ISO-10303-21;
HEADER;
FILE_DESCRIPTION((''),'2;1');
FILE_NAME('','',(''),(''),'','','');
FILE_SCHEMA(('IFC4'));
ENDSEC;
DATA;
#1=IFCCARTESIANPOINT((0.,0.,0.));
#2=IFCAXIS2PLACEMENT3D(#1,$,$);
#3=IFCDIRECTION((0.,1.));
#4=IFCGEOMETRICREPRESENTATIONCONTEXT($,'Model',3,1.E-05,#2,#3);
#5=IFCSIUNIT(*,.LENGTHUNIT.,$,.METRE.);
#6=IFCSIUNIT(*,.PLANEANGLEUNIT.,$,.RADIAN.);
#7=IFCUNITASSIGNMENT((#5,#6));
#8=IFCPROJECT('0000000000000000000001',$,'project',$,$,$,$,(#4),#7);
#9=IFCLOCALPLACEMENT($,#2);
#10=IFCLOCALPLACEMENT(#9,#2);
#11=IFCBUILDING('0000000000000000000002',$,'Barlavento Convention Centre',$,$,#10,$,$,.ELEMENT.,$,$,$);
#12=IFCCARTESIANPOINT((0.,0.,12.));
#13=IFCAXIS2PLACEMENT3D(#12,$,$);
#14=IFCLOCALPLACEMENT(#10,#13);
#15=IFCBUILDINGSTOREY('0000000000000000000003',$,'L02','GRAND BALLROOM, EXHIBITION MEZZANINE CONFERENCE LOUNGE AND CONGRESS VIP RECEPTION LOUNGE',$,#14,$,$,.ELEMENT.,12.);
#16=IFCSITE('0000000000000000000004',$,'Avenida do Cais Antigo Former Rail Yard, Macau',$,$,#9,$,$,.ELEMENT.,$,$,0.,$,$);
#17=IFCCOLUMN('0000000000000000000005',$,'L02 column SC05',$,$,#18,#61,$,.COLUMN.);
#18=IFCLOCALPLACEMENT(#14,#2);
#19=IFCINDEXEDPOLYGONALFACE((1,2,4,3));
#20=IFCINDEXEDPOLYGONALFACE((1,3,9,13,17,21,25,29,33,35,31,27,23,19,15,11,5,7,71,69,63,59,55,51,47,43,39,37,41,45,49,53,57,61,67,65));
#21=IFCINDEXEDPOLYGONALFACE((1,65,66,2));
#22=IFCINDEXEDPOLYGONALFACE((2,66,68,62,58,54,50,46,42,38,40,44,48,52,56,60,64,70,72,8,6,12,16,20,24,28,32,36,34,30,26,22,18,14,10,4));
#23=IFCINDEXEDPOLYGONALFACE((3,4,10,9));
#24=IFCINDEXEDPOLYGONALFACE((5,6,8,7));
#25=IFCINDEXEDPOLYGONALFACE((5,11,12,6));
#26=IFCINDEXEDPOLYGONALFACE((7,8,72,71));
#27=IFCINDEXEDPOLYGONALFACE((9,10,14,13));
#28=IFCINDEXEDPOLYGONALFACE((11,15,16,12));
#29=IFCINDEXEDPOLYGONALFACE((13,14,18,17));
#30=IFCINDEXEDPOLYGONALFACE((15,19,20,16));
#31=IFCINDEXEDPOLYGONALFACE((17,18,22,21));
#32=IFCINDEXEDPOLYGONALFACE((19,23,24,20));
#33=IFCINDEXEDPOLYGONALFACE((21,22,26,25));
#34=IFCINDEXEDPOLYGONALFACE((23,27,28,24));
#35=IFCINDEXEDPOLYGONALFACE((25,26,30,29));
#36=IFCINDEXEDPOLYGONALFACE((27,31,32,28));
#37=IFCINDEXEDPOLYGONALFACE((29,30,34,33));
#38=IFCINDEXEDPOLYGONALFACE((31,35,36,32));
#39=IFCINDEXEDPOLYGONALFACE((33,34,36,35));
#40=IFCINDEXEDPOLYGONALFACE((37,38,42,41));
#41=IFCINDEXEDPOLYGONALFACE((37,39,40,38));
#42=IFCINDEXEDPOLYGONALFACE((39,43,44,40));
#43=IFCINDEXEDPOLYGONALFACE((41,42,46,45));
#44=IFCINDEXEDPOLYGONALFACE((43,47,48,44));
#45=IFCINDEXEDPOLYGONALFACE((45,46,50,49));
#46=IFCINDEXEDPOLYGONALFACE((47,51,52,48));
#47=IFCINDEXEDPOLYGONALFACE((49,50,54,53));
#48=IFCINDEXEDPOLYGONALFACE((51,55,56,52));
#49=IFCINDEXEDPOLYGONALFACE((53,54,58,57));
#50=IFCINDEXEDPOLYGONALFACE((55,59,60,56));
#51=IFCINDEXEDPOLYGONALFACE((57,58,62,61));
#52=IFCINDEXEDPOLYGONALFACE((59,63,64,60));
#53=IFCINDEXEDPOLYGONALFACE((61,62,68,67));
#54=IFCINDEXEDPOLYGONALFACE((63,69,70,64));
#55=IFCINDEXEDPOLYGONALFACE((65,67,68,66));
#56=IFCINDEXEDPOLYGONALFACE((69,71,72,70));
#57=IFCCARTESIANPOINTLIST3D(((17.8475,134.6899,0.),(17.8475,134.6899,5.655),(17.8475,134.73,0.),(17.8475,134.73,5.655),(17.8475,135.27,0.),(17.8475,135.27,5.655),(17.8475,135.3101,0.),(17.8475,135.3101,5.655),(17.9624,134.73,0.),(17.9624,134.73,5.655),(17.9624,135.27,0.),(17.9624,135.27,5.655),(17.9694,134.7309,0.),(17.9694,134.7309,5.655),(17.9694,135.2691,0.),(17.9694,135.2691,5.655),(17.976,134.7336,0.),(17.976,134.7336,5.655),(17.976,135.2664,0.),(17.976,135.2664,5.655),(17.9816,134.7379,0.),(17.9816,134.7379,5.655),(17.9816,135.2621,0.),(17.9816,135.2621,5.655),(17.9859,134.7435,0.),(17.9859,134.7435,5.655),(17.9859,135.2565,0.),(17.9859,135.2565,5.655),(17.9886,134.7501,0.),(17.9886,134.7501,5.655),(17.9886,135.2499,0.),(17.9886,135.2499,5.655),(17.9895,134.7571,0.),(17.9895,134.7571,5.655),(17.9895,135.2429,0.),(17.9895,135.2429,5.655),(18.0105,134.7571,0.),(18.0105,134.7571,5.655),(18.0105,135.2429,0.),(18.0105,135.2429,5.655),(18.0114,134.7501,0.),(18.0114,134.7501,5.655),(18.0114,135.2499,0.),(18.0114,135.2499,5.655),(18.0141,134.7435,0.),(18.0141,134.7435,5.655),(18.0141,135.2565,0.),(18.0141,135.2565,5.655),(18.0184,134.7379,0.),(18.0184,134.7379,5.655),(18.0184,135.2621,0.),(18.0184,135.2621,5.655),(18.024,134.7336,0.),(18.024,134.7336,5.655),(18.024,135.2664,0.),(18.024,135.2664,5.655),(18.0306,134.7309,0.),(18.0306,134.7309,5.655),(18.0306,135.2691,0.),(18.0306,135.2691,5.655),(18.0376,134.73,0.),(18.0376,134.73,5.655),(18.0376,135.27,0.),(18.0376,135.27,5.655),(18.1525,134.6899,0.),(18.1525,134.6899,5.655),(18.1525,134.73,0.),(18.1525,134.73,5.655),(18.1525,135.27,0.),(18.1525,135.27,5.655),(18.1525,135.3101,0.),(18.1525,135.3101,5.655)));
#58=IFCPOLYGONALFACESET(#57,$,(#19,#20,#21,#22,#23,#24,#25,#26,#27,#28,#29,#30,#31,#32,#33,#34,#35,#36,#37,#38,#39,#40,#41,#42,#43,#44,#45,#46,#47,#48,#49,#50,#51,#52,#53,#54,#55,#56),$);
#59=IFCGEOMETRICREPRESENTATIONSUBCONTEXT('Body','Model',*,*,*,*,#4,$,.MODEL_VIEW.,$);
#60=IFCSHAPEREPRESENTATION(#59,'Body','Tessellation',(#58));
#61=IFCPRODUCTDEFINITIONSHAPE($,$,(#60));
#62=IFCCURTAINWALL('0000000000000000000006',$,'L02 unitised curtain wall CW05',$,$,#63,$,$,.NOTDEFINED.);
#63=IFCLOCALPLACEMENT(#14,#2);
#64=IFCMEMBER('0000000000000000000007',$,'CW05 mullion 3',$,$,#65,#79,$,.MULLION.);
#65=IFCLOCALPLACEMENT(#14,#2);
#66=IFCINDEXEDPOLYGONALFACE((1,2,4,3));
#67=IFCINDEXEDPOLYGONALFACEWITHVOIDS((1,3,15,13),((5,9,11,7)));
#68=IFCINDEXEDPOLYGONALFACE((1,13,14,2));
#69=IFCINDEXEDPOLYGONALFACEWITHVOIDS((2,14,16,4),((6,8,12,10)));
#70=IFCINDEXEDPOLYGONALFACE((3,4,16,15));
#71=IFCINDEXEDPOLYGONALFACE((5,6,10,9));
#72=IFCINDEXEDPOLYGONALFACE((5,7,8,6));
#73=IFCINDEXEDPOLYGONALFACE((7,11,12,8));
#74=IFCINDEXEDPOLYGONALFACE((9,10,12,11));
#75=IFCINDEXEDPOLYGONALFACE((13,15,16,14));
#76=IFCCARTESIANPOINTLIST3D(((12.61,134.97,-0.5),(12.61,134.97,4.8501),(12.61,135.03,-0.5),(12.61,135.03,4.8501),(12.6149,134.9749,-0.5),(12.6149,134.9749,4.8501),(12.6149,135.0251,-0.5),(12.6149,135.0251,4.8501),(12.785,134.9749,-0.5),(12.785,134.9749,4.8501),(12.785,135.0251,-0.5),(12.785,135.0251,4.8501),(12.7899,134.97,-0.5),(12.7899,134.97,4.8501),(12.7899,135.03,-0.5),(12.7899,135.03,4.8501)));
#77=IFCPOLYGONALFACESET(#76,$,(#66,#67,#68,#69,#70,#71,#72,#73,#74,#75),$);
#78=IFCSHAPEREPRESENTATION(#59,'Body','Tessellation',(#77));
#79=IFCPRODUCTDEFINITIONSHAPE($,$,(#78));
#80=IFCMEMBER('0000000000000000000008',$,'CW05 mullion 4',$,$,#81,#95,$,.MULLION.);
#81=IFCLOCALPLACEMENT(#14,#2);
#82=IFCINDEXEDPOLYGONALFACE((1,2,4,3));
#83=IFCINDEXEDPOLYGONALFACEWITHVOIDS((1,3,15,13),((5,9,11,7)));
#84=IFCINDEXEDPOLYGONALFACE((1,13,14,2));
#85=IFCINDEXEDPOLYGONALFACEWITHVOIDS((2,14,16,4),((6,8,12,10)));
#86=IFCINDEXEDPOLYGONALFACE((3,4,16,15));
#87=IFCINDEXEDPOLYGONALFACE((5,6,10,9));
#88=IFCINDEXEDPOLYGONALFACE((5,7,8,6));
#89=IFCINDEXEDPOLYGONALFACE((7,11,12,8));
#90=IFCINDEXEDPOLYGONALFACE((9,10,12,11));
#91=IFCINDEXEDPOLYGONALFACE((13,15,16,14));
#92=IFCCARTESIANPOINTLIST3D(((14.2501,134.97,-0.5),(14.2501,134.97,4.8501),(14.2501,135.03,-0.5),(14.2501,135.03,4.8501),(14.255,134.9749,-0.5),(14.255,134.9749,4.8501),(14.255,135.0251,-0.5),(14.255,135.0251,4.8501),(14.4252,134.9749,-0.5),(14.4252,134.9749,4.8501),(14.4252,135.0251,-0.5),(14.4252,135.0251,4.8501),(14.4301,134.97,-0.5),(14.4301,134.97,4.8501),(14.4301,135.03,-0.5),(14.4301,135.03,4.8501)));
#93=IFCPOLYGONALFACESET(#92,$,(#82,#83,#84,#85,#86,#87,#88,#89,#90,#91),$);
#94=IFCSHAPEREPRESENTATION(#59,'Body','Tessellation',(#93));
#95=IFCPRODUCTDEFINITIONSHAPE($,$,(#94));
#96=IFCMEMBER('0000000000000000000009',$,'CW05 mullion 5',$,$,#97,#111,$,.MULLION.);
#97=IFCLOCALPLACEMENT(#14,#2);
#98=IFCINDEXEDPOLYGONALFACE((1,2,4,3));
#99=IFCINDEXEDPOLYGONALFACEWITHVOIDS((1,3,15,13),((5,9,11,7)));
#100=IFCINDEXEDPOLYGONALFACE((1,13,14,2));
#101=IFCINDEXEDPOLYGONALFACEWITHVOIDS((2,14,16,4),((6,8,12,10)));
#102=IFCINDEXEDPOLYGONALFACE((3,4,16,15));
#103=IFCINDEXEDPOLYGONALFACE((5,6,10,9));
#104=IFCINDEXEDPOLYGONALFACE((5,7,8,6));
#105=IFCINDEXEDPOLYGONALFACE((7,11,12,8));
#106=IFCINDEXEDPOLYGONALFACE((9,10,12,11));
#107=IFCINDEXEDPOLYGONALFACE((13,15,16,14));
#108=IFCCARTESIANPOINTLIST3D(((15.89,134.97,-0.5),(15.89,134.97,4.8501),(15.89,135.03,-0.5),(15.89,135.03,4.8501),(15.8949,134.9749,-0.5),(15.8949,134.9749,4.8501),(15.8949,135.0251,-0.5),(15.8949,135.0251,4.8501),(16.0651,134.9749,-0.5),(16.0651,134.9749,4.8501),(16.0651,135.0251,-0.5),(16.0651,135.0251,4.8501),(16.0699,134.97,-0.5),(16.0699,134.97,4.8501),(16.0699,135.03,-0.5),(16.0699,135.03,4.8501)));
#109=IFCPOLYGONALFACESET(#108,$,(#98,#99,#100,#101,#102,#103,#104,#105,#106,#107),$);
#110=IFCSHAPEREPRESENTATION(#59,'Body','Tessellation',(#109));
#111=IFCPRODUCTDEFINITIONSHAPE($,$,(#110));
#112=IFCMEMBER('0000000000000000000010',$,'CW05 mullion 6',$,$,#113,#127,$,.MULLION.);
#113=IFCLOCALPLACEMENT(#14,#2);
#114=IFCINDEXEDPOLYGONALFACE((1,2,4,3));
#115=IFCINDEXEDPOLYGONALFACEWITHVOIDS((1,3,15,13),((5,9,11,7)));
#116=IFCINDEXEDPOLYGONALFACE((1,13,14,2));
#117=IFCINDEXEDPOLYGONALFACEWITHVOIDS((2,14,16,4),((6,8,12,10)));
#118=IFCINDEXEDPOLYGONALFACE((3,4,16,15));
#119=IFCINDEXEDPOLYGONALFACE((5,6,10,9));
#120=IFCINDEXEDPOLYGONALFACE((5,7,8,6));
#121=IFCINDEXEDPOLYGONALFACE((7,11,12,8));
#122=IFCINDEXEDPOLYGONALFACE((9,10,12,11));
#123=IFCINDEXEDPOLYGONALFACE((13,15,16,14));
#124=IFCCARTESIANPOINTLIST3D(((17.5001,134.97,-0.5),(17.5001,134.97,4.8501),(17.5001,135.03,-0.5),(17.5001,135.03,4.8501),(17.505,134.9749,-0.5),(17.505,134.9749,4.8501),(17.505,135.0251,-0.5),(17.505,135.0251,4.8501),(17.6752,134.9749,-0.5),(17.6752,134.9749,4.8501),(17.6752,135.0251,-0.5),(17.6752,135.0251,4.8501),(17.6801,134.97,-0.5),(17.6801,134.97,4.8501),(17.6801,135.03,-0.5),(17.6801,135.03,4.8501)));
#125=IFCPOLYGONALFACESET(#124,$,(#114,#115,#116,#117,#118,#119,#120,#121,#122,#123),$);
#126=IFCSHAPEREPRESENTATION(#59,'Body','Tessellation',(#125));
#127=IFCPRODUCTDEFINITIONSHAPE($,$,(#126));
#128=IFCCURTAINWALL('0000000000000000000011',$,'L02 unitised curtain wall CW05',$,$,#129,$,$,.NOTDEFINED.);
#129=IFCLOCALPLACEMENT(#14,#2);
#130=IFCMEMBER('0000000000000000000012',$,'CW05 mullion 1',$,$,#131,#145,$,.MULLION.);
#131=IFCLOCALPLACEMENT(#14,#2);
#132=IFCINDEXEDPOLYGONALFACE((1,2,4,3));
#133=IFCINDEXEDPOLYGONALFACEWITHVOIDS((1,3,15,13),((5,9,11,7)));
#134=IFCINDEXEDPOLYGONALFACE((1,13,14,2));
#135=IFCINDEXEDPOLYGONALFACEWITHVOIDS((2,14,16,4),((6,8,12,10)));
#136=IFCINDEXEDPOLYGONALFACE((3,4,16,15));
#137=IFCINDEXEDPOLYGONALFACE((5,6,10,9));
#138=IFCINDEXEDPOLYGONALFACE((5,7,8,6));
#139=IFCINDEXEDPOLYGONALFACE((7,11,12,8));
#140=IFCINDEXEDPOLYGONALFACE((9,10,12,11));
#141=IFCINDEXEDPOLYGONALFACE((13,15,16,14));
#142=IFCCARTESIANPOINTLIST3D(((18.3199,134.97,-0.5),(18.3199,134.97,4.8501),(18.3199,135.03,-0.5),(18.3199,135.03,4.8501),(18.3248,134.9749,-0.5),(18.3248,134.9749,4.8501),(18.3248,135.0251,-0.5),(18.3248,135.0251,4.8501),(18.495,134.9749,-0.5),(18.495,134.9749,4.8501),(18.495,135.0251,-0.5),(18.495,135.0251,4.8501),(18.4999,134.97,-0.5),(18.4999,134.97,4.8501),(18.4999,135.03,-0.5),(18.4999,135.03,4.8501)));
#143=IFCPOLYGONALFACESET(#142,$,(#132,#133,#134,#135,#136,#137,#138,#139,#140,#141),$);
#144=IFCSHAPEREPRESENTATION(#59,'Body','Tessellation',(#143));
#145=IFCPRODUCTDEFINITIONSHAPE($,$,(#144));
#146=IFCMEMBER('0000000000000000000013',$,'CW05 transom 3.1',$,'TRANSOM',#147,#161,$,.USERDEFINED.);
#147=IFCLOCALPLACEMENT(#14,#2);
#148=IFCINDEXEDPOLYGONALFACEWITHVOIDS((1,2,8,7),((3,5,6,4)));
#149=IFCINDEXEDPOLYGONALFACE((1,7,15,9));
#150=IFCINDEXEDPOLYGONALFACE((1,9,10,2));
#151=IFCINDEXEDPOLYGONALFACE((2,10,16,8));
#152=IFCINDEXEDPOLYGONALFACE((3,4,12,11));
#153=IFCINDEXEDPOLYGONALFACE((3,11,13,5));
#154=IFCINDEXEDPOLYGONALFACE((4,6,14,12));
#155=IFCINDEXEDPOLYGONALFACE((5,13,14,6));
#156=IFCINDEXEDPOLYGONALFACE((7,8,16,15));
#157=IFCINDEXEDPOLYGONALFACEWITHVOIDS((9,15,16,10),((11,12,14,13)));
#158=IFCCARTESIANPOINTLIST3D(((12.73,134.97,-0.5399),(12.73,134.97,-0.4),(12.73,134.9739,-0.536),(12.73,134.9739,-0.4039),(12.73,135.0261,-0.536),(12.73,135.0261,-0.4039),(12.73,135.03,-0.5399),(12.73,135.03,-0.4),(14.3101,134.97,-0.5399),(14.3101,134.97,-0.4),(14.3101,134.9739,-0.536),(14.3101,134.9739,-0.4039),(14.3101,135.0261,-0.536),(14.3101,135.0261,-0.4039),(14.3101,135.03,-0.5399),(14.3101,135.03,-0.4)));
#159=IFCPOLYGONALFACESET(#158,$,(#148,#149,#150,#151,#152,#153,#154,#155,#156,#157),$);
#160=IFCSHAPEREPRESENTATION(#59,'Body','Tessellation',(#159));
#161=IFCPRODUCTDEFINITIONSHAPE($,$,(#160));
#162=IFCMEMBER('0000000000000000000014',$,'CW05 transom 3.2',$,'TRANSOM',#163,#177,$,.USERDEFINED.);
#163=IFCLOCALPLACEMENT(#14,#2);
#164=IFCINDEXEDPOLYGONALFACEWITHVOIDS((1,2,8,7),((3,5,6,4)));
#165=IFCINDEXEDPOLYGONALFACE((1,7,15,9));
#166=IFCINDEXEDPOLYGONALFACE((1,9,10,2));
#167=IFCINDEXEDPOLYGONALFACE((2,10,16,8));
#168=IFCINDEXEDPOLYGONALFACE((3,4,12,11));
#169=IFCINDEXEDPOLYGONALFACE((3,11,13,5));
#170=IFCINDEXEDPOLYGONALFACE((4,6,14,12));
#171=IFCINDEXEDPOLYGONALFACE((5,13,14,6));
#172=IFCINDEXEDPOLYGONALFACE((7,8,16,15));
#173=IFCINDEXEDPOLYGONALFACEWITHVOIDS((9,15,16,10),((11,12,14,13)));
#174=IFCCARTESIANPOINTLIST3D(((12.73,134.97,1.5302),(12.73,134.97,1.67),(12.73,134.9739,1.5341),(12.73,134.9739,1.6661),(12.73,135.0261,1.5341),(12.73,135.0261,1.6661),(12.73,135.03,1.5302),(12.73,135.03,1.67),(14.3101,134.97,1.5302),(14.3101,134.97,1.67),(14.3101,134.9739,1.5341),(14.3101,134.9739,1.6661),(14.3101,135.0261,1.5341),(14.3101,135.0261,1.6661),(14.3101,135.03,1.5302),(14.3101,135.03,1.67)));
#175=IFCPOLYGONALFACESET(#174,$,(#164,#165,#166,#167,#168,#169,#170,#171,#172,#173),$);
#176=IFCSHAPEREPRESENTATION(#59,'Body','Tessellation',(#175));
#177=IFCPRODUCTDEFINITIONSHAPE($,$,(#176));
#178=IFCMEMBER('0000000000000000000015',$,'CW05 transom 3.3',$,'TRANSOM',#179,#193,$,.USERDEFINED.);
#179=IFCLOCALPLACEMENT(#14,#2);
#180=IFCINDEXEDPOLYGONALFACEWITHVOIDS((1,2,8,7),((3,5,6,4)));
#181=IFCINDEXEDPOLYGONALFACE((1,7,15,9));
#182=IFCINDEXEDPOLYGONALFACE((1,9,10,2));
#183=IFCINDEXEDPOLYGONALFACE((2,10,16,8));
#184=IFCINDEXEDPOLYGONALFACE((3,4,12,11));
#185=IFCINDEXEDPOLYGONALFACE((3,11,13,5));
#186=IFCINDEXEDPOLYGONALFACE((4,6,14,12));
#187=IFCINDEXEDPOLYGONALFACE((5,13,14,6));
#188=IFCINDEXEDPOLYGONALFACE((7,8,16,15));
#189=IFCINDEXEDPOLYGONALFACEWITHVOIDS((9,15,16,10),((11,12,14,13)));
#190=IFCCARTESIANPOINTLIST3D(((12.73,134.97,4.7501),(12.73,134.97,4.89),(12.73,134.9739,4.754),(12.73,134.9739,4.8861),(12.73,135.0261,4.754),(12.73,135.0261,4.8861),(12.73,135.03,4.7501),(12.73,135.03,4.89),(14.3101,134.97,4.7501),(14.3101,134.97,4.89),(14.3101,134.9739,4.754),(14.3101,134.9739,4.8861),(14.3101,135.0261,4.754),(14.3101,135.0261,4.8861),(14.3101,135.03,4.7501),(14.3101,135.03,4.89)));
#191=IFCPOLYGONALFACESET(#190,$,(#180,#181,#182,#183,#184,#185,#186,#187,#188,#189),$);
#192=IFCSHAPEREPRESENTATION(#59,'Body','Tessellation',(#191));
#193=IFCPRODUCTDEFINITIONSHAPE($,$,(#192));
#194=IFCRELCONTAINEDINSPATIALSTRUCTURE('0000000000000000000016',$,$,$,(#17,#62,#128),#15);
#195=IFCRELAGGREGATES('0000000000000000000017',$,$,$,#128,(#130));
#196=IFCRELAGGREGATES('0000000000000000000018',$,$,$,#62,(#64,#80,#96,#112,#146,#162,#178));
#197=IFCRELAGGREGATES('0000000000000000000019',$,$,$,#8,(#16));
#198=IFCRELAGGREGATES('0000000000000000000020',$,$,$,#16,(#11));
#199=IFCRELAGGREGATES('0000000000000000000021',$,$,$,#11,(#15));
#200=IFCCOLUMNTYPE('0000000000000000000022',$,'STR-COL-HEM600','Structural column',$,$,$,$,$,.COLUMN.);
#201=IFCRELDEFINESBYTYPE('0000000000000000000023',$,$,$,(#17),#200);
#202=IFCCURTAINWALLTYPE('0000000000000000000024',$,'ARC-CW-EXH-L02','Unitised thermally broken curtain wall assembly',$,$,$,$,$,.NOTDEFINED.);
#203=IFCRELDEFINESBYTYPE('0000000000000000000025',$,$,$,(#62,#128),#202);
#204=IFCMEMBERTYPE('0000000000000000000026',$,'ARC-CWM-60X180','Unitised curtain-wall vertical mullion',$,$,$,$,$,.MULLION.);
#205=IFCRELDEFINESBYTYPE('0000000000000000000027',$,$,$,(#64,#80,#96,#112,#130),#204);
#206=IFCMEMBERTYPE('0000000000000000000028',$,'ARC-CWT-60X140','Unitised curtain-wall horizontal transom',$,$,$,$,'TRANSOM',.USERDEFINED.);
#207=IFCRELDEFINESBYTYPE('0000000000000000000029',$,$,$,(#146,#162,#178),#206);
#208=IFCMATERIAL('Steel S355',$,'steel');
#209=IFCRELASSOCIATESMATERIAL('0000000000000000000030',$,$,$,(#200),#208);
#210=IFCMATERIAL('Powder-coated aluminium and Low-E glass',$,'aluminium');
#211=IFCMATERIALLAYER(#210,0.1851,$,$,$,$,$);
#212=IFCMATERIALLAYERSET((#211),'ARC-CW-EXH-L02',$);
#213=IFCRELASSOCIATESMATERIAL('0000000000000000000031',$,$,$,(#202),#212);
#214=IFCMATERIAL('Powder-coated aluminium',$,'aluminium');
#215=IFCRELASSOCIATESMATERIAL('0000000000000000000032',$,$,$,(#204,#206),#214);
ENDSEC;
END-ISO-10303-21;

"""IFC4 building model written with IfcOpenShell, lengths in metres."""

from ifc_helpers import new_model, si_unit, direction, frame, origin, origin_2d, place, context, subcontext, project, spatial, hollow_rectangle, i_section, extrude, material, layer, layer_set, material_profile, profile_set, type_object, element, aggregate, save


model = new_model("IFC4")

# Units and contexts
model_context = context("Model", 3, precision=1e-05, world=origin(), true_north=direction((0.0, 1.0)))
body_context = subcontext(model_context, "Body", "Model", "MODEL_VIEW")
ifc_project = project(units=[si_unit("LENGTHUNIT", "METRE"), si_unit("PLANEANGLEUNIT", "RADIAN")], contexts=[model_context])

# Site, building, storey
site_placement = place(None, origin())
site = spatial("IfcSite", under=ifc_project, at=site_placement, Name="Avenida do Cais Antigo Former Rail Yard, Macau", CompositionType="ELEMENT", RefElevation=0.0)
building_placement = place(site_placement, origin())
building = spatial("IfcBuilding", under=site, at=building_placement, Name="Barlavento Convention Centre", CompositionType="ELEMENT")
storey_placement = place(building_placement, frame((0.0, 0.0, 12.0)))
storey = spatial("IfcBuildingStorey", under=building, at=storey_placement, Name="L02", Description="GRAND BALLROOM, EXHIBITION MEZZANINE CONFERENCE LOUNGE AND CONGRESS VIP RECEPTION LOUNGE", CompositionType="ELEMENT", Elevation=12.0)

# Column
ifc_material_1 = material(Name="Steel S355", Category="steel")
ifc_material_profile_1 = material_profile(ifc_material_1, i_section(OverallWidth=0.3049, OverallDepth=0.6201, WebThickness=0.021, FlangeThickness=0.04, FilletRadius=0.0271, at=origin_2d()), Name="HEM 600")
ifc_profile_set_1 = profile_set([ifc_material_profile_1], Name="Steel S355")
column_type = type_object("IfcColumnType", Name="STR-COL-HEM600", Description="Structural column", PredefinedType="COLUMN", material=ifc_profile_set_1)
column_placement = place(storey_placement, frame((18.0, 135.0, 0.0), z_axis=(0.0, 0.0, 1.0), x_axis=(1.0, 0.0, 0.0)))
element("IfcColumn", 1, at=column_placement, inside=storey, type_object=column_type, Name="L02 column SC05", PredefinedType="COLUMN", context=body_context, shape_type="SweptSolid", body=[
    extrude(i_section(OverallWidth=0.3049, OverallDepth=0.6201, WebThickness=0.021, FlangeThickness=0.04, FilletRadius=0.0271, at=origin_2d()), origin(), (0.0, 0.0, 1.0), 5.655),
])

# Curtain wall, members
ifc_material_2 = material(Name="Powder-coated aluminium and Low-E glass", Category="aluminium")
ifc_layer_1 = layer(ifc_material_2, 0.1851)
ifc_layer_set_1 = layer_set([ifc_layer_1], Name="ARC-CW-EXH-L02")
curtain_wall_type = type_object("IfcCurtainWallType", Name="ARC-CW-EXH-L02", Description="Unitised thermally broken curtain wall assembly", PredefinedType="NOTDEFINED", material=ifc_layer_set_1)
curtain_wall_1_placement = place(storey_placement, origin())
curtain_wall_1 = element("IfcCurtainWall", 2, at=curtain_wall_1_placement, inside=storey, type_object=curtain_wall_type, Name="L02 unitised curtain wall CW05", PredefinedType="NOTDEFINED")
ifc_material_3 = material(Name="Powder-coated aluminium", Category="aluminium")
ifc_material_profile_2 = material_profile(ifc_material_3, hollow_rectangle(XDim=0.0601, YDim=0.1799, WallThickness=0.0049, at=origin_2d()), Name="AL-MULL 60x180x5")
ifc_profile_set_2 = profile_set([ifc_material_profile_2], Name="Powder-coated aluminium")
member_type_1 = type_object("IfcMemberType", Name="ARC-CWM-60X180", Description="Unitised curtain-wall vertical mullion", PredefinedType="MULLION", material=ifc_profile_set_2)
member_1_placement = place(storey_placement, frame((12.7, 135.0, -0.5), z_axis=(0.0, 0.0, 1.0), x_axis=(0.0, 1.0, 0.0)))
member_1 = element("IfcMember", 3, at=member_1_placement, type_object=member_type_1, Name="CW05 mullion 3", PredefinedType="MULLION", context=body_context, shape_type="SweptSolid", body=[
    extrude(hollow_rectangle(XDim=0.0601, YDim=0.1799, WallThickness=0.0049, at=origin_2d()), origin(), (0.0, 0.0, 1.0), 5.3501),
])
member_2_placement = place(storey_placement, frame((14.3401, 135.0, -0.5), z_axis=(0.0, 0.0, 1.0), x_axis=(0.0, 1.0, 0.0)))
member_2 = element("IfcMember", 4, at=member_2_placement, type_object=member_type_1, Name="CW05 mullion 4", PredefinedType="MULLION", context=body_context, shape_type="SweptSolid", body=[
    extrude(hollow_rectangle(XDim=0.0601, YDim=0.1799, WallThickness=0.0049, at=origin_2d()), origin(), (0.0, 0.0, 1.0), 5.3501),
])
member_3_placement = place(storey_placement, frame((15.98, 135.0, -0.5), z_axis=(0.0, 0.0, 1.0), x_axis=(0.0, 1.0, 0.0)))
member_3 = element("IfcMember", 5, at=member_3_placement, type_object=member_type_1, Name="CW05 mullion 5", PredefinedType="MULLION", context=body_context, shape_type="SweptSolid", body=[
    extrude(hollow_rectangle(XDim=0.0601, YDim=0.1799, WallThickness=0.0049, at=origin_2d()), origin(), (0.0, 0.0, 1.0), 5.3501),
])
member_4_placement = place(storey_placement, frame((17.5901, 135.0, -0.5), z_axis=(0.0, 0.0, 1.0), x_axis=(0.0, 1.0, 0.0)))
member_4 = element("IfcMember", 6, at=member_4_placement, type_object=member_type_1, Name="CW05 mullion 6", PredefinedType="MULLION", context=body_context, shape_type="SweptSolid", body=[
    extrude(hollow_rectangle(XDim=0.0601, YDim=0.1799, WallThickness=0.0049, at=origin_2d()), origin(), (0.0, 0.0, 1.0), 5.3501),
])

# Curtain wall, member
curtain_wall_2_placement = place(storey_placement, origin())
curtain_wall_2 = element("IfcCurtainWall", 7, at=curtain_wall_2_placement, inside=storey, type_object=curtain_wall_type, Name="L02 unitised curtain wall CW05", PredefinedType="NOTDEFINED")
member_5_placement = place(storey_placement, frame((18.4099, 135.0, -0.5), z_axis=(0.0, 0.0, 1.0), x_axis=(0.0, 1.0, 0.0)))
member_5 = element("IfcMember", 8, at=member_5_placement, type_object=member_type_1, Name="CW05 mullion 1", PredefinedType="MULLION", context=body_context, shape_type="SweptSolid", body=[
    extrude(hollow_rectangle(XDim=0.0601, YDim=0.1799, WallThickness=0.0049, at=origin_2d()), origin(), (0.0, 0.0, 1.0), 5.3501),
])

# Members
ifc_material_profile_3 = material_profile(ifc_material_3, hollow_rectangle(XDim=0.0601, YDim=0.1399, WallThickness=0.0039, at=origin_2d()), Name="AL-TRAN 60x140x4")
ifc_profile_set_3 = profile_set([ifc_material_profile_3], Name="Powder-coated aluminium")
member_type_2 = type_object("IfcMemberType", Name="ARC-CWT-60X140", Description="Unitised curtain-wall horizontal transom", ElementType="TRANSOM", PredefinedType="USERDEFINED", material=ifc_profile_set_3)
member_6_placement = place(storey_placement, frame((12.73, 135.0, -0.47), z_axis=(1.0, 0.0, 0.0), x_axis=(0.0, 1.0, 0.0)))
member_6 = element("IfcMember", 9, at=member_6_placement, type_object=member_type_2, Name="CW05 transom 3.1", ObjectType="TRANSOM", PredefinedType="USERDEFINED", context=body_context, shape_type="SweptSolid", body=[
    extrude(hollow_rectangle(XDim=0.0601, YDim=0.1399, WallThickness=0.0039, at=origin_2d()), origin(), (0.0, 0.0, 1.0), 1.5801),
])
member_7_placement = place(storey_placement, frame((12.73, 135.0, 1.6001), z_axis=(1.0, 0.0, 0.0), x_axis=(0.0, 1.0, 0.0)))
member_7 = element("IfcMember", 10, at=member_7_placement, type_object=member_type_2, Name="CW05 transom 3.2", ObjectType="TRANSOM", PredefinedType="USERDEFINED", context=body_context, shape_type="SweptSolid", body=[
    extrude(hollow_rectangle(XDim=0.0601, YDim=0.1399, WallThickness=0.0039, at=origin_2d()), origin(), (0.0, 0.0, 1.0), 1.5801),
])
member_8_placement = place(storey_placement, frame((12.73, 135.0, 4.8201), z_axis=(1.0, 0.0, 0.0), x_axis=(0.0, 1.0, 0.0)))
member_8 = element("IfcMember", 11, at=member_8_placement, type_object=member_type_2, Name="CW05 transom 3.3", ObjectType="TRANSOM", PredefinedType="USERDEFINED", context=body_context, shape_type="SweptSolid", body=[
    extrude(hollow_rectangle(XDim=0.0601, YDim=0.1399, WallThickness=0.0039, at=origin_2d()), origin(), (0.0, 0.0, 1.0), 1.5801),
])
aggregate(curtain_wall_2, [member_5])

aggregate(curtain_wall_1, [member_1, member_2, member_3, member_4, member_6, member_7, member_8])

save(model, "model.ifc")
